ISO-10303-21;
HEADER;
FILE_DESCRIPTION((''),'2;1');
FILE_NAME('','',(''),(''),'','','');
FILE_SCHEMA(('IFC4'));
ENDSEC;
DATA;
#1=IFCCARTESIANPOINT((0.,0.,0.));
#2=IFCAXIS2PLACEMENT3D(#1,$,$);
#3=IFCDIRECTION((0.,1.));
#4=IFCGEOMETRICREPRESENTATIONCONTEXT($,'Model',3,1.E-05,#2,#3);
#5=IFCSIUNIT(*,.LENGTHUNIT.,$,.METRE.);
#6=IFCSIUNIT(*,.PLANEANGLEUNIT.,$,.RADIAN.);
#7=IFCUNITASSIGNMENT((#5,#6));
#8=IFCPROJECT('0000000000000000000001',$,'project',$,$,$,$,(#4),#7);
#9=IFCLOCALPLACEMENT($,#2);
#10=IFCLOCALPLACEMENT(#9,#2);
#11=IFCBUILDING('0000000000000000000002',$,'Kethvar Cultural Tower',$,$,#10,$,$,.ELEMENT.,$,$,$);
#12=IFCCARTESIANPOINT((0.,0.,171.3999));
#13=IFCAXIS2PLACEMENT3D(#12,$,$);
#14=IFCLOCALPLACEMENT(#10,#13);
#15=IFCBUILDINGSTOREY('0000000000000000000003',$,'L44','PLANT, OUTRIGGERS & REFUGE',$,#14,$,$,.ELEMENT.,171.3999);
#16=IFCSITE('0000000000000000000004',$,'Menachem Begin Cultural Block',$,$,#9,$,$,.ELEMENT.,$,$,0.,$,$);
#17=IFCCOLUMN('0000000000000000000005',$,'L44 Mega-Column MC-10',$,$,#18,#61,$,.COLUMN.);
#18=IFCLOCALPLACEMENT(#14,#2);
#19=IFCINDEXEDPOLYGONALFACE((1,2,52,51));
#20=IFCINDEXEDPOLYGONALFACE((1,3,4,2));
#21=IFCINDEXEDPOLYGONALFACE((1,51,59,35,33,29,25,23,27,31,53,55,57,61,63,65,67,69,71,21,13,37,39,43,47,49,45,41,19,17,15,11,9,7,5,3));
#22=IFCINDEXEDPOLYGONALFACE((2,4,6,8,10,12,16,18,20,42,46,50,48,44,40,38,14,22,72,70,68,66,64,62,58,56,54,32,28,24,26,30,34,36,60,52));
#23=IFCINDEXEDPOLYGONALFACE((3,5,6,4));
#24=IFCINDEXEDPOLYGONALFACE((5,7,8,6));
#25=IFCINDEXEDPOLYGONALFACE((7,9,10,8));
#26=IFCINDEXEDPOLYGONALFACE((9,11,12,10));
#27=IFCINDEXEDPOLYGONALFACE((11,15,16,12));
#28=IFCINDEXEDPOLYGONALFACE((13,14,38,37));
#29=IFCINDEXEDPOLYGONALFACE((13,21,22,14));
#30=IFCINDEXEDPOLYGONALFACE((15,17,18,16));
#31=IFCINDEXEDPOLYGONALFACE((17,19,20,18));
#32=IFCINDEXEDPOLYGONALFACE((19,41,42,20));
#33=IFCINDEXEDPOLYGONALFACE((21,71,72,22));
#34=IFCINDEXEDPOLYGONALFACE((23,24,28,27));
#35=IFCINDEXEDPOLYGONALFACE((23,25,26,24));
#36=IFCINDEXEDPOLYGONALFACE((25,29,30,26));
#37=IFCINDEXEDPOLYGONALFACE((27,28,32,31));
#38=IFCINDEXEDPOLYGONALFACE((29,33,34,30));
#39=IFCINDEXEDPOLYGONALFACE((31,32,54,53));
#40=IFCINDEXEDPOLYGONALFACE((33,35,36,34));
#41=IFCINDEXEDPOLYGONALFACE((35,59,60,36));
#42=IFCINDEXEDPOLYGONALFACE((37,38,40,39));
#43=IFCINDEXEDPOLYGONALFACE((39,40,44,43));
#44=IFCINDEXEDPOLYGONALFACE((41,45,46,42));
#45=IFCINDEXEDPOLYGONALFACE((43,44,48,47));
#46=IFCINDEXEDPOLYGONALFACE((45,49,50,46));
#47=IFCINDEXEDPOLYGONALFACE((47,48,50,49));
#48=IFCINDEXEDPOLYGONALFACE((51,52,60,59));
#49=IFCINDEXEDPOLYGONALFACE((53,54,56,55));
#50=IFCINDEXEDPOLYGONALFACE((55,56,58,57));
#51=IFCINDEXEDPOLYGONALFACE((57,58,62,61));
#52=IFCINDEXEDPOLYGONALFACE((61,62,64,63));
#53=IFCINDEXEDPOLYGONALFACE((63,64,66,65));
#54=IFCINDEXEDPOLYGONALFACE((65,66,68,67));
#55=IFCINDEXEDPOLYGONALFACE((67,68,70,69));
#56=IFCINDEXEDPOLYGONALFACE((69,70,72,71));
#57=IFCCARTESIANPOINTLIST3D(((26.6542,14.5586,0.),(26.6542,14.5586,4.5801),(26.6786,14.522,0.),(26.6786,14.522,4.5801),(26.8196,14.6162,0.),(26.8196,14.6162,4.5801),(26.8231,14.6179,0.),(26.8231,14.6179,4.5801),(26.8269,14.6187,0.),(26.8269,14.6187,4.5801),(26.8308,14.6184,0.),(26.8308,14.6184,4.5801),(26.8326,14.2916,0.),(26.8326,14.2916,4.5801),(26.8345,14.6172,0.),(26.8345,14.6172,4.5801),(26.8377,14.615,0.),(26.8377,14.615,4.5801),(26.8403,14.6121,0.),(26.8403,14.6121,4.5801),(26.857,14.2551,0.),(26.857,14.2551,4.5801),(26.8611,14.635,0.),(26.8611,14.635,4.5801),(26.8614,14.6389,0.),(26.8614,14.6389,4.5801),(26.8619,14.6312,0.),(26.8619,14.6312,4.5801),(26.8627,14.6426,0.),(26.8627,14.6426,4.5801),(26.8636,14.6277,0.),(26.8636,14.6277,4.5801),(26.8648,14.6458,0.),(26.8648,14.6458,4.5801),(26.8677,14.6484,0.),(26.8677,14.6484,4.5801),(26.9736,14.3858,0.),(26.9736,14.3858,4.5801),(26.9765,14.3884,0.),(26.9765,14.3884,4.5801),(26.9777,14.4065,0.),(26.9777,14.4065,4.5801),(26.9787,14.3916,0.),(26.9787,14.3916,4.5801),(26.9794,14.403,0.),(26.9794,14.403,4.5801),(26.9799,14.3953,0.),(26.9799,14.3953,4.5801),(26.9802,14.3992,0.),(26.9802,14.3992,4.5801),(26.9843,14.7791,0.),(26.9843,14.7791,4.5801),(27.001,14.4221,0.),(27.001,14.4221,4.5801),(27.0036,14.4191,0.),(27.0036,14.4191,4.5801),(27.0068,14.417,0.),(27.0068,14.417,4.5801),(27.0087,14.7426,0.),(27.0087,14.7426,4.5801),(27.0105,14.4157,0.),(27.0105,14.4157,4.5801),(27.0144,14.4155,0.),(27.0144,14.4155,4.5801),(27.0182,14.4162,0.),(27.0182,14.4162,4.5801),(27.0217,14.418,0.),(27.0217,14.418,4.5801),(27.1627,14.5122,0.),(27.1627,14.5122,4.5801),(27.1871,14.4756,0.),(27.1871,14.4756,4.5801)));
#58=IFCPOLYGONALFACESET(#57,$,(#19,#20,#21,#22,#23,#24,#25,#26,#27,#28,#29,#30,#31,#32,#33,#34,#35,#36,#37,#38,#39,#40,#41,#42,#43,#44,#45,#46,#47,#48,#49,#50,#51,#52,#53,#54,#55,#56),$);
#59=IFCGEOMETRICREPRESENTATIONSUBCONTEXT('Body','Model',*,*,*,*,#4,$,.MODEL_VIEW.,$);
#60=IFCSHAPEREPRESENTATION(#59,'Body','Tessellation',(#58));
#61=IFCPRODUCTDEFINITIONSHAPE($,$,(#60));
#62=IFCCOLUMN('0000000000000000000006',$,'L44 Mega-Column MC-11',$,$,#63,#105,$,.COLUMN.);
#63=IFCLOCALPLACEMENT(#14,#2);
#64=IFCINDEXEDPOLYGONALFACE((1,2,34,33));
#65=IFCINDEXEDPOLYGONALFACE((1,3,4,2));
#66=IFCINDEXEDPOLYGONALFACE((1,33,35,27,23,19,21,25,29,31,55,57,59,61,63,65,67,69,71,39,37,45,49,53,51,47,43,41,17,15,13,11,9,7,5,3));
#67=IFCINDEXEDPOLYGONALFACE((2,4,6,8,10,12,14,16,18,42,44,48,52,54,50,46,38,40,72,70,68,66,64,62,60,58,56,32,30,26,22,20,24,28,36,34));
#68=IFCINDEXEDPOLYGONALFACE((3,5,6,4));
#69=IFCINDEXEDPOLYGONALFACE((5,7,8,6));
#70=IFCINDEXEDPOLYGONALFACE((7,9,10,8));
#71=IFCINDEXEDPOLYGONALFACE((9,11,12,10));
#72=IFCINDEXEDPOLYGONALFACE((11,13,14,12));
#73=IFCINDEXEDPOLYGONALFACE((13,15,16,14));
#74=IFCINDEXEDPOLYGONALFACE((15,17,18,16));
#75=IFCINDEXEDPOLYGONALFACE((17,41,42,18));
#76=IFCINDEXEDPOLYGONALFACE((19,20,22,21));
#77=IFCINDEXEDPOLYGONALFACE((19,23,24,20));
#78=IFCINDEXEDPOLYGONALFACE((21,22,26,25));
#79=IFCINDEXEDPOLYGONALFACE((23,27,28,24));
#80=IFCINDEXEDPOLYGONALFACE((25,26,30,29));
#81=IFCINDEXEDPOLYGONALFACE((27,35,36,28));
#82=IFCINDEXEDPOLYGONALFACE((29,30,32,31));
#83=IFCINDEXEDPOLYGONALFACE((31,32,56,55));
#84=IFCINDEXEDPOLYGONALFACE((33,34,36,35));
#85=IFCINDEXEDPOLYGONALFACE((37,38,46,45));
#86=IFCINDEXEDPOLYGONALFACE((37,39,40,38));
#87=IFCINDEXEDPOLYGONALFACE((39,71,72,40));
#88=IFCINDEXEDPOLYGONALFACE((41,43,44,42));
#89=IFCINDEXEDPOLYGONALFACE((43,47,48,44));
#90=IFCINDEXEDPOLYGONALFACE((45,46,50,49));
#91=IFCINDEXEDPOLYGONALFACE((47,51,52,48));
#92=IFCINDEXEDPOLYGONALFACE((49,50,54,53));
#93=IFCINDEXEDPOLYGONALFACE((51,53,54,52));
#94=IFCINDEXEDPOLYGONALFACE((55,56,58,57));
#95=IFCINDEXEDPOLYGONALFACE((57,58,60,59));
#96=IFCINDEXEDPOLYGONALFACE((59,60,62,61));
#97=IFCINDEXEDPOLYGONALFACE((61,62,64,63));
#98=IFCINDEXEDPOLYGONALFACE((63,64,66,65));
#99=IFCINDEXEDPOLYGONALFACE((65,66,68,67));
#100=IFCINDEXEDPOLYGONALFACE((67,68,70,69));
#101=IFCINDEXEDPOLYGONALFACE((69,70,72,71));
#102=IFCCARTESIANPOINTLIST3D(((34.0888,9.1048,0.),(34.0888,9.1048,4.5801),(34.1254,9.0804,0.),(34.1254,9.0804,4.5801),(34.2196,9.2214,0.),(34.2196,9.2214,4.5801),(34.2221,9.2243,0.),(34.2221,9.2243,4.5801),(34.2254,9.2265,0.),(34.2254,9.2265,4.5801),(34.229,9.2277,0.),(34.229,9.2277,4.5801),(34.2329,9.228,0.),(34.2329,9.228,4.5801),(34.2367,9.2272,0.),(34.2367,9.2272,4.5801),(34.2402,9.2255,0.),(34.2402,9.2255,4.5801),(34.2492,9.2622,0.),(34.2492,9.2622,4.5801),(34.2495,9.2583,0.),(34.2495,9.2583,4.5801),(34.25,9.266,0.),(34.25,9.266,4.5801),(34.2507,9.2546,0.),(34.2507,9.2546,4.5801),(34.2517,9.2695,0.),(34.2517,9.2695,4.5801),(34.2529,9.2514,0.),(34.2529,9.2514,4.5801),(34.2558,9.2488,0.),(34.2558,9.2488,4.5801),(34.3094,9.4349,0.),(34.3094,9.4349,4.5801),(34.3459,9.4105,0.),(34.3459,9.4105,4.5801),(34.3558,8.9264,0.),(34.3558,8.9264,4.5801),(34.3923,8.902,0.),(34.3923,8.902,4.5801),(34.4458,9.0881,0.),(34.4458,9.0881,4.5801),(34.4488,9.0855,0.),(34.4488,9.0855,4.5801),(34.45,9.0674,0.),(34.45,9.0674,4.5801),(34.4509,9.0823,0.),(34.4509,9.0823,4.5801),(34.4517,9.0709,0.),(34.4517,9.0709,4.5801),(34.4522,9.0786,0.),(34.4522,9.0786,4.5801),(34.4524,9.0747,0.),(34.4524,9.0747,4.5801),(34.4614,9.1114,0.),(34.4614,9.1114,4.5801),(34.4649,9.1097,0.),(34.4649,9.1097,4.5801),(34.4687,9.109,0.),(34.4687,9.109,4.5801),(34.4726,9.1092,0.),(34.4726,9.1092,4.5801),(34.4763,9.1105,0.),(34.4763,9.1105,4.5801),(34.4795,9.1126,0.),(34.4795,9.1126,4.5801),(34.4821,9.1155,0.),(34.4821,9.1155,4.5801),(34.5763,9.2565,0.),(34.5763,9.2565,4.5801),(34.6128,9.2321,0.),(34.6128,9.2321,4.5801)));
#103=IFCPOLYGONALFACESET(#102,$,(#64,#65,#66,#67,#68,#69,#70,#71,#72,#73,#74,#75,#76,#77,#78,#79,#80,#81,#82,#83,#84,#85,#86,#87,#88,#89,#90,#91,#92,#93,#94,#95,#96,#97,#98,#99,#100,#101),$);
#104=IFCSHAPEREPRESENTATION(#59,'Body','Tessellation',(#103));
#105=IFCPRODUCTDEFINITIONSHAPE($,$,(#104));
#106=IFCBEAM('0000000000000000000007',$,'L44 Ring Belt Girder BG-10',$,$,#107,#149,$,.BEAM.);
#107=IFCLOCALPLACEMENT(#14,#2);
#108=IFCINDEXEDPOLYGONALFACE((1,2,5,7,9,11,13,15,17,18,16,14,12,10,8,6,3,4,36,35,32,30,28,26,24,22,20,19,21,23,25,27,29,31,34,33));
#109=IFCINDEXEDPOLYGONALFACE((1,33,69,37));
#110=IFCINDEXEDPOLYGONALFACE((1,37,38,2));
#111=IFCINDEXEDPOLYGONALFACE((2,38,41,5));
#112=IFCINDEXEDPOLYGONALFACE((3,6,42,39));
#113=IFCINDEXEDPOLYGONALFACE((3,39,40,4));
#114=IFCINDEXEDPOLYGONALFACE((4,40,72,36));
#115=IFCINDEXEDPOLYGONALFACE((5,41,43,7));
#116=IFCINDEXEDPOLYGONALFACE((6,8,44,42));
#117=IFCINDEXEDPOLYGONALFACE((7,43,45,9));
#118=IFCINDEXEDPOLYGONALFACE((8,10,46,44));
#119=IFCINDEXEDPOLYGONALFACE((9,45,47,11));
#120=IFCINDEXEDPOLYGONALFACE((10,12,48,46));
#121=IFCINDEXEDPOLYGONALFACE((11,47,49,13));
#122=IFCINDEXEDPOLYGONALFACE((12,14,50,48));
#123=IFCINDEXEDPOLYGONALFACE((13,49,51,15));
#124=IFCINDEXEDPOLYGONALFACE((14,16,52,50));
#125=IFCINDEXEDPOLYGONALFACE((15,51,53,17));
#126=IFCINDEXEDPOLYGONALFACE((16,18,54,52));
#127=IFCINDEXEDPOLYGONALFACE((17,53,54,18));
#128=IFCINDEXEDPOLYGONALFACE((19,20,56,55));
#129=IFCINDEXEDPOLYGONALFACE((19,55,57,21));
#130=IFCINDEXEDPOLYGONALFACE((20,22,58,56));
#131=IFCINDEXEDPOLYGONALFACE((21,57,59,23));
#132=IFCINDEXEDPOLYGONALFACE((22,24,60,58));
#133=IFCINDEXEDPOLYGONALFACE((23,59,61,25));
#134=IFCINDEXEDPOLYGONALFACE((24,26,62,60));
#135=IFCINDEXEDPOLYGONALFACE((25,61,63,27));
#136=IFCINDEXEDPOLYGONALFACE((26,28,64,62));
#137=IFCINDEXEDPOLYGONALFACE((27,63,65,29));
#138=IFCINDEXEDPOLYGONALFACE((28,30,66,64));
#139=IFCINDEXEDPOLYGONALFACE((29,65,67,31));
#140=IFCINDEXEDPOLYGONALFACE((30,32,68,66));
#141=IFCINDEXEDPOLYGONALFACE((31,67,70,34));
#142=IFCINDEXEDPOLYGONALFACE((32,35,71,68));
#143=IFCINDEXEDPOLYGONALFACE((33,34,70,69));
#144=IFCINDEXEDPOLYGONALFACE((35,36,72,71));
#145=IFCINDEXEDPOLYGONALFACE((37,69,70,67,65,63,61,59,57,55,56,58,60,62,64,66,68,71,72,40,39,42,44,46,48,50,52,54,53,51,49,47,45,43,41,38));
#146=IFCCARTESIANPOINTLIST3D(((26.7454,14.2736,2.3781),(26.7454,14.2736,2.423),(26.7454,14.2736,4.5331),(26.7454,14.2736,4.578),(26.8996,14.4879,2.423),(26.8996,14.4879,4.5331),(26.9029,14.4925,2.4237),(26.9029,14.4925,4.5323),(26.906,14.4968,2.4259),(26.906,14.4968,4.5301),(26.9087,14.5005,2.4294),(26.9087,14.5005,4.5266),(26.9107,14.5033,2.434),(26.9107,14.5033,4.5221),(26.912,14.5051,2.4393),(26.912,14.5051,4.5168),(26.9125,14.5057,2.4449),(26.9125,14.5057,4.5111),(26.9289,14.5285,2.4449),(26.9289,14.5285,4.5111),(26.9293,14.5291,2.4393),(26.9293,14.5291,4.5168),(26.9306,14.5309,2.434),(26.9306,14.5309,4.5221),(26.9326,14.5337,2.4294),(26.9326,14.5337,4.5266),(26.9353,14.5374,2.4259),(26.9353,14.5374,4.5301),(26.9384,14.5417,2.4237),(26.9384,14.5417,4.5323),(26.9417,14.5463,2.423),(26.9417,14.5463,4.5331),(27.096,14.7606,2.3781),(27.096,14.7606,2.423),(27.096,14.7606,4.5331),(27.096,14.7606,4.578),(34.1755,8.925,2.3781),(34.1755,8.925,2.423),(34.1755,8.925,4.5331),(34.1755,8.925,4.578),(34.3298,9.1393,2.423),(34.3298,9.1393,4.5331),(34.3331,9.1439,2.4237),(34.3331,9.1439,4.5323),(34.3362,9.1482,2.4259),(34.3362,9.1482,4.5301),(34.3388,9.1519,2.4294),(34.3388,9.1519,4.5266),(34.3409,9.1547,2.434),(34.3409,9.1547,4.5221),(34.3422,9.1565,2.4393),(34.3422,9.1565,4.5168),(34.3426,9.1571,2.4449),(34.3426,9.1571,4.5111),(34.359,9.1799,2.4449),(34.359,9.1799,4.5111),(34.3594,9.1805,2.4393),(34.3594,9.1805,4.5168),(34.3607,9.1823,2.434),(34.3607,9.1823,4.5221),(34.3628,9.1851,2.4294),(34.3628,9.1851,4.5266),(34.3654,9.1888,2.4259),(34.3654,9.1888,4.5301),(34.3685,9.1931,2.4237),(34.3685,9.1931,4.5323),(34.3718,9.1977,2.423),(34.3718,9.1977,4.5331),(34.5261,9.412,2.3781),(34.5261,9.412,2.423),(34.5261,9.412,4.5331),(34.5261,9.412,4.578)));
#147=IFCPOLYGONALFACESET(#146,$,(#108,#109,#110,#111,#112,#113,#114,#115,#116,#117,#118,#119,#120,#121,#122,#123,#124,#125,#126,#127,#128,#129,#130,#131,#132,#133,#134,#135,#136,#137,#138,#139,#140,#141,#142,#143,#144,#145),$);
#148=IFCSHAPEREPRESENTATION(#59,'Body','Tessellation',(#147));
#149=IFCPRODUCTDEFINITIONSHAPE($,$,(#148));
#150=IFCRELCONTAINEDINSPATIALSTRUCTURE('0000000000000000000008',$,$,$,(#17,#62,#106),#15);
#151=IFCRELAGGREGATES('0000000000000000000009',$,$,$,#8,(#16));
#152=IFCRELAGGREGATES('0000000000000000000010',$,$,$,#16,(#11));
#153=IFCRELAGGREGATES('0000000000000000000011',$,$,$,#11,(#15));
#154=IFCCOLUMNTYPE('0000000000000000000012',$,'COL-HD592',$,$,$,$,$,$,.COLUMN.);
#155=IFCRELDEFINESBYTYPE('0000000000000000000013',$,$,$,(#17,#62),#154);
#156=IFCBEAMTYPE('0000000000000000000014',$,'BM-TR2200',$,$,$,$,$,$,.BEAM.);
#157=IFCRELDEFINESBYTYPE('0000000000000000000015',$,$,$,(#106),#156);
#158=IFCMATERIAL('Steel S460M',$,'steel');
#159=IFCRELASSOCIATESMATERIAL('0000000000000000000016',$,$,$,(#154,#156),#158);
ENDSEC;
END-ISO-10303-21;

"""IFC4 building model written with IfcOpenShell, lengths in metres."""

from ifc_helpers import new_model, si_unit, direction, frame, origin, origin_2d, place, context, subcontext, project, spatial, i_section, extrude, source, transform, mapped, material, material_profile, profile_set, type_object, element, save


model = new_model("IFC4")

# Units and contexts
model_context = context("Model", 3, precision=1e-05, world=origin(), true_north=direction((0.0, 1.0)))
body_context = subcontext(model_context, "Body", "Model", "MODEL_VIEW")
ifc_project = project(units=[si_unit("LENGTHUNIT", "METRE"), si_unit("PLANEANGLEUNIT", "RADIAN")], contexts=[model_context])

# Site, building, storey
site_placement = place(None, origin())
site = spatial("IfcSite", under=ifc_project, at=site_placement, Name="Menachem Begin Cultural Block", CompositionType="ELEMENT", RefElevation=0.0)
building_placement = place(site_placement, origin())
building = spatial("IfcBuilding", under=site, at=building_placement, Name="Kethvar Cultural Tower", CompositionType="ELEMENT")
storey_placement = place(building_placement, frame((0.0, 0.0, 171.3999)))
storey = spatial("IfcBuildingStorey", under=building, at=storey_placement, Name="L44", Description="PLANT, OUTRIGGERS & REFUGE", CompositionType="ELEMENT", Elevation=171.3999)

# Columns
ifc_material_1 = material(Name="Steel S460M", Category="steel")
ifc_material_profile_1 = material_profile(ifc_material_1, i_section(OverallWidth=0.397, OverallDepth=0.365, WebThickness=0.0281, FlangeThickness=0.0439, FilletRadius=0.0149, at=origin_2d()), Name="Steel S460M — HD400x592")
ifc_profile_set_1 = profile_set([ifc_material_profile_1], Name="Steel S460M — HD400x592")
column_type = type_object("IfcColumnType", Name="COL-HD592", PredefinedType="COLUMN", material=ifc_profile_set_1)
shared_shape_1 = source(origin(), body_context, "Body", "SweptSolid", [
    extrude(i_section(OverallWidth=0.397, OverallDepth=0.365, WebThickness=0.0281, FlangeThickness=0.0439, FilletRadius=0.0149, at=origin_2d()), origin(), (0.0, 0.0, 1.0), 4.5801),
])
for number, where, z_axis, x_axis, name in (
    (1, (26.9207, 14.5171, 0.0), (0.0, 0.0, 1.0), (-0.83147, -0.55557, 0.0), "L44 Mega-Column MC-10"),
    (2, (34.3508, 9.1685, 0.0), (0.0, 0.0, 1.0), (-0.55557, -0.83147, 0.0), "L44 Mega-Column MC-11"),
):
    element("IfcColumn", number, at=place(storey_placement, frame(where, z_axis=z_axis, x_axis=x_axis)), inside=storey, type_object=column_type, Name=name, PredefinedType="COLUMN", context=body_context, shape_type="MappedRepresentation", body=[
        mapped(shared_shape_1, transform((0.0, 0.0, 0.0), scale=1.0)),
    ])

# Beam
ifc_material_profile_2 = material_profile(ifc_material_1, i_section(OverallWidth=0.6001, OverallDepth=2.2, WebThickness=0.0281, FlangeThickness=0.0449, FilletRadius=0.022, at=origin_2d()), Name="Steel S460M — PG2200x600x45x28")
ifc_profile_set_2 = profile_set([ifc_material_profile_2], Name="Steel S460M — PG2200x600x45x28")
beam_type = type_object("IfcBeamType", Name="BM-TR2200", PredefinedType="BEAM", material=ifc_profile_set_2)
shared_shape_2 = source(origin(), body_context, "Body", "SweptSolid", [
    extrude(i_section(OverallWidth=0.6001, OverallDepth=2.2, WebThickness=0.0281, FlangeThickness=0.0449, FilletRadius=0.022, at=origin_2d()), origin(), (0.0, 0.0, 1.0), 9.155),
])
beam_1_placement = place(storey_placement, frame((26.9207, 14.5171, 3.478), z_axis=(0.811591, -0.584226, 0.0), x_axis=(0.584226, 0.811591, 0.0)))
element("IfcBeam", 3, at=beam_1_placement, inside=storey, type_object=beam_type, Name="L44 Ring Belt Girder BG-10", PredefinedType="BEAM", context=body_context, shape_type="MappedRepresentation", body=[
    mapped(shared_shape_2, transform((0.0, 0.0, 0.0), scale=1.0)),
])

save(model, "model.ifc")
